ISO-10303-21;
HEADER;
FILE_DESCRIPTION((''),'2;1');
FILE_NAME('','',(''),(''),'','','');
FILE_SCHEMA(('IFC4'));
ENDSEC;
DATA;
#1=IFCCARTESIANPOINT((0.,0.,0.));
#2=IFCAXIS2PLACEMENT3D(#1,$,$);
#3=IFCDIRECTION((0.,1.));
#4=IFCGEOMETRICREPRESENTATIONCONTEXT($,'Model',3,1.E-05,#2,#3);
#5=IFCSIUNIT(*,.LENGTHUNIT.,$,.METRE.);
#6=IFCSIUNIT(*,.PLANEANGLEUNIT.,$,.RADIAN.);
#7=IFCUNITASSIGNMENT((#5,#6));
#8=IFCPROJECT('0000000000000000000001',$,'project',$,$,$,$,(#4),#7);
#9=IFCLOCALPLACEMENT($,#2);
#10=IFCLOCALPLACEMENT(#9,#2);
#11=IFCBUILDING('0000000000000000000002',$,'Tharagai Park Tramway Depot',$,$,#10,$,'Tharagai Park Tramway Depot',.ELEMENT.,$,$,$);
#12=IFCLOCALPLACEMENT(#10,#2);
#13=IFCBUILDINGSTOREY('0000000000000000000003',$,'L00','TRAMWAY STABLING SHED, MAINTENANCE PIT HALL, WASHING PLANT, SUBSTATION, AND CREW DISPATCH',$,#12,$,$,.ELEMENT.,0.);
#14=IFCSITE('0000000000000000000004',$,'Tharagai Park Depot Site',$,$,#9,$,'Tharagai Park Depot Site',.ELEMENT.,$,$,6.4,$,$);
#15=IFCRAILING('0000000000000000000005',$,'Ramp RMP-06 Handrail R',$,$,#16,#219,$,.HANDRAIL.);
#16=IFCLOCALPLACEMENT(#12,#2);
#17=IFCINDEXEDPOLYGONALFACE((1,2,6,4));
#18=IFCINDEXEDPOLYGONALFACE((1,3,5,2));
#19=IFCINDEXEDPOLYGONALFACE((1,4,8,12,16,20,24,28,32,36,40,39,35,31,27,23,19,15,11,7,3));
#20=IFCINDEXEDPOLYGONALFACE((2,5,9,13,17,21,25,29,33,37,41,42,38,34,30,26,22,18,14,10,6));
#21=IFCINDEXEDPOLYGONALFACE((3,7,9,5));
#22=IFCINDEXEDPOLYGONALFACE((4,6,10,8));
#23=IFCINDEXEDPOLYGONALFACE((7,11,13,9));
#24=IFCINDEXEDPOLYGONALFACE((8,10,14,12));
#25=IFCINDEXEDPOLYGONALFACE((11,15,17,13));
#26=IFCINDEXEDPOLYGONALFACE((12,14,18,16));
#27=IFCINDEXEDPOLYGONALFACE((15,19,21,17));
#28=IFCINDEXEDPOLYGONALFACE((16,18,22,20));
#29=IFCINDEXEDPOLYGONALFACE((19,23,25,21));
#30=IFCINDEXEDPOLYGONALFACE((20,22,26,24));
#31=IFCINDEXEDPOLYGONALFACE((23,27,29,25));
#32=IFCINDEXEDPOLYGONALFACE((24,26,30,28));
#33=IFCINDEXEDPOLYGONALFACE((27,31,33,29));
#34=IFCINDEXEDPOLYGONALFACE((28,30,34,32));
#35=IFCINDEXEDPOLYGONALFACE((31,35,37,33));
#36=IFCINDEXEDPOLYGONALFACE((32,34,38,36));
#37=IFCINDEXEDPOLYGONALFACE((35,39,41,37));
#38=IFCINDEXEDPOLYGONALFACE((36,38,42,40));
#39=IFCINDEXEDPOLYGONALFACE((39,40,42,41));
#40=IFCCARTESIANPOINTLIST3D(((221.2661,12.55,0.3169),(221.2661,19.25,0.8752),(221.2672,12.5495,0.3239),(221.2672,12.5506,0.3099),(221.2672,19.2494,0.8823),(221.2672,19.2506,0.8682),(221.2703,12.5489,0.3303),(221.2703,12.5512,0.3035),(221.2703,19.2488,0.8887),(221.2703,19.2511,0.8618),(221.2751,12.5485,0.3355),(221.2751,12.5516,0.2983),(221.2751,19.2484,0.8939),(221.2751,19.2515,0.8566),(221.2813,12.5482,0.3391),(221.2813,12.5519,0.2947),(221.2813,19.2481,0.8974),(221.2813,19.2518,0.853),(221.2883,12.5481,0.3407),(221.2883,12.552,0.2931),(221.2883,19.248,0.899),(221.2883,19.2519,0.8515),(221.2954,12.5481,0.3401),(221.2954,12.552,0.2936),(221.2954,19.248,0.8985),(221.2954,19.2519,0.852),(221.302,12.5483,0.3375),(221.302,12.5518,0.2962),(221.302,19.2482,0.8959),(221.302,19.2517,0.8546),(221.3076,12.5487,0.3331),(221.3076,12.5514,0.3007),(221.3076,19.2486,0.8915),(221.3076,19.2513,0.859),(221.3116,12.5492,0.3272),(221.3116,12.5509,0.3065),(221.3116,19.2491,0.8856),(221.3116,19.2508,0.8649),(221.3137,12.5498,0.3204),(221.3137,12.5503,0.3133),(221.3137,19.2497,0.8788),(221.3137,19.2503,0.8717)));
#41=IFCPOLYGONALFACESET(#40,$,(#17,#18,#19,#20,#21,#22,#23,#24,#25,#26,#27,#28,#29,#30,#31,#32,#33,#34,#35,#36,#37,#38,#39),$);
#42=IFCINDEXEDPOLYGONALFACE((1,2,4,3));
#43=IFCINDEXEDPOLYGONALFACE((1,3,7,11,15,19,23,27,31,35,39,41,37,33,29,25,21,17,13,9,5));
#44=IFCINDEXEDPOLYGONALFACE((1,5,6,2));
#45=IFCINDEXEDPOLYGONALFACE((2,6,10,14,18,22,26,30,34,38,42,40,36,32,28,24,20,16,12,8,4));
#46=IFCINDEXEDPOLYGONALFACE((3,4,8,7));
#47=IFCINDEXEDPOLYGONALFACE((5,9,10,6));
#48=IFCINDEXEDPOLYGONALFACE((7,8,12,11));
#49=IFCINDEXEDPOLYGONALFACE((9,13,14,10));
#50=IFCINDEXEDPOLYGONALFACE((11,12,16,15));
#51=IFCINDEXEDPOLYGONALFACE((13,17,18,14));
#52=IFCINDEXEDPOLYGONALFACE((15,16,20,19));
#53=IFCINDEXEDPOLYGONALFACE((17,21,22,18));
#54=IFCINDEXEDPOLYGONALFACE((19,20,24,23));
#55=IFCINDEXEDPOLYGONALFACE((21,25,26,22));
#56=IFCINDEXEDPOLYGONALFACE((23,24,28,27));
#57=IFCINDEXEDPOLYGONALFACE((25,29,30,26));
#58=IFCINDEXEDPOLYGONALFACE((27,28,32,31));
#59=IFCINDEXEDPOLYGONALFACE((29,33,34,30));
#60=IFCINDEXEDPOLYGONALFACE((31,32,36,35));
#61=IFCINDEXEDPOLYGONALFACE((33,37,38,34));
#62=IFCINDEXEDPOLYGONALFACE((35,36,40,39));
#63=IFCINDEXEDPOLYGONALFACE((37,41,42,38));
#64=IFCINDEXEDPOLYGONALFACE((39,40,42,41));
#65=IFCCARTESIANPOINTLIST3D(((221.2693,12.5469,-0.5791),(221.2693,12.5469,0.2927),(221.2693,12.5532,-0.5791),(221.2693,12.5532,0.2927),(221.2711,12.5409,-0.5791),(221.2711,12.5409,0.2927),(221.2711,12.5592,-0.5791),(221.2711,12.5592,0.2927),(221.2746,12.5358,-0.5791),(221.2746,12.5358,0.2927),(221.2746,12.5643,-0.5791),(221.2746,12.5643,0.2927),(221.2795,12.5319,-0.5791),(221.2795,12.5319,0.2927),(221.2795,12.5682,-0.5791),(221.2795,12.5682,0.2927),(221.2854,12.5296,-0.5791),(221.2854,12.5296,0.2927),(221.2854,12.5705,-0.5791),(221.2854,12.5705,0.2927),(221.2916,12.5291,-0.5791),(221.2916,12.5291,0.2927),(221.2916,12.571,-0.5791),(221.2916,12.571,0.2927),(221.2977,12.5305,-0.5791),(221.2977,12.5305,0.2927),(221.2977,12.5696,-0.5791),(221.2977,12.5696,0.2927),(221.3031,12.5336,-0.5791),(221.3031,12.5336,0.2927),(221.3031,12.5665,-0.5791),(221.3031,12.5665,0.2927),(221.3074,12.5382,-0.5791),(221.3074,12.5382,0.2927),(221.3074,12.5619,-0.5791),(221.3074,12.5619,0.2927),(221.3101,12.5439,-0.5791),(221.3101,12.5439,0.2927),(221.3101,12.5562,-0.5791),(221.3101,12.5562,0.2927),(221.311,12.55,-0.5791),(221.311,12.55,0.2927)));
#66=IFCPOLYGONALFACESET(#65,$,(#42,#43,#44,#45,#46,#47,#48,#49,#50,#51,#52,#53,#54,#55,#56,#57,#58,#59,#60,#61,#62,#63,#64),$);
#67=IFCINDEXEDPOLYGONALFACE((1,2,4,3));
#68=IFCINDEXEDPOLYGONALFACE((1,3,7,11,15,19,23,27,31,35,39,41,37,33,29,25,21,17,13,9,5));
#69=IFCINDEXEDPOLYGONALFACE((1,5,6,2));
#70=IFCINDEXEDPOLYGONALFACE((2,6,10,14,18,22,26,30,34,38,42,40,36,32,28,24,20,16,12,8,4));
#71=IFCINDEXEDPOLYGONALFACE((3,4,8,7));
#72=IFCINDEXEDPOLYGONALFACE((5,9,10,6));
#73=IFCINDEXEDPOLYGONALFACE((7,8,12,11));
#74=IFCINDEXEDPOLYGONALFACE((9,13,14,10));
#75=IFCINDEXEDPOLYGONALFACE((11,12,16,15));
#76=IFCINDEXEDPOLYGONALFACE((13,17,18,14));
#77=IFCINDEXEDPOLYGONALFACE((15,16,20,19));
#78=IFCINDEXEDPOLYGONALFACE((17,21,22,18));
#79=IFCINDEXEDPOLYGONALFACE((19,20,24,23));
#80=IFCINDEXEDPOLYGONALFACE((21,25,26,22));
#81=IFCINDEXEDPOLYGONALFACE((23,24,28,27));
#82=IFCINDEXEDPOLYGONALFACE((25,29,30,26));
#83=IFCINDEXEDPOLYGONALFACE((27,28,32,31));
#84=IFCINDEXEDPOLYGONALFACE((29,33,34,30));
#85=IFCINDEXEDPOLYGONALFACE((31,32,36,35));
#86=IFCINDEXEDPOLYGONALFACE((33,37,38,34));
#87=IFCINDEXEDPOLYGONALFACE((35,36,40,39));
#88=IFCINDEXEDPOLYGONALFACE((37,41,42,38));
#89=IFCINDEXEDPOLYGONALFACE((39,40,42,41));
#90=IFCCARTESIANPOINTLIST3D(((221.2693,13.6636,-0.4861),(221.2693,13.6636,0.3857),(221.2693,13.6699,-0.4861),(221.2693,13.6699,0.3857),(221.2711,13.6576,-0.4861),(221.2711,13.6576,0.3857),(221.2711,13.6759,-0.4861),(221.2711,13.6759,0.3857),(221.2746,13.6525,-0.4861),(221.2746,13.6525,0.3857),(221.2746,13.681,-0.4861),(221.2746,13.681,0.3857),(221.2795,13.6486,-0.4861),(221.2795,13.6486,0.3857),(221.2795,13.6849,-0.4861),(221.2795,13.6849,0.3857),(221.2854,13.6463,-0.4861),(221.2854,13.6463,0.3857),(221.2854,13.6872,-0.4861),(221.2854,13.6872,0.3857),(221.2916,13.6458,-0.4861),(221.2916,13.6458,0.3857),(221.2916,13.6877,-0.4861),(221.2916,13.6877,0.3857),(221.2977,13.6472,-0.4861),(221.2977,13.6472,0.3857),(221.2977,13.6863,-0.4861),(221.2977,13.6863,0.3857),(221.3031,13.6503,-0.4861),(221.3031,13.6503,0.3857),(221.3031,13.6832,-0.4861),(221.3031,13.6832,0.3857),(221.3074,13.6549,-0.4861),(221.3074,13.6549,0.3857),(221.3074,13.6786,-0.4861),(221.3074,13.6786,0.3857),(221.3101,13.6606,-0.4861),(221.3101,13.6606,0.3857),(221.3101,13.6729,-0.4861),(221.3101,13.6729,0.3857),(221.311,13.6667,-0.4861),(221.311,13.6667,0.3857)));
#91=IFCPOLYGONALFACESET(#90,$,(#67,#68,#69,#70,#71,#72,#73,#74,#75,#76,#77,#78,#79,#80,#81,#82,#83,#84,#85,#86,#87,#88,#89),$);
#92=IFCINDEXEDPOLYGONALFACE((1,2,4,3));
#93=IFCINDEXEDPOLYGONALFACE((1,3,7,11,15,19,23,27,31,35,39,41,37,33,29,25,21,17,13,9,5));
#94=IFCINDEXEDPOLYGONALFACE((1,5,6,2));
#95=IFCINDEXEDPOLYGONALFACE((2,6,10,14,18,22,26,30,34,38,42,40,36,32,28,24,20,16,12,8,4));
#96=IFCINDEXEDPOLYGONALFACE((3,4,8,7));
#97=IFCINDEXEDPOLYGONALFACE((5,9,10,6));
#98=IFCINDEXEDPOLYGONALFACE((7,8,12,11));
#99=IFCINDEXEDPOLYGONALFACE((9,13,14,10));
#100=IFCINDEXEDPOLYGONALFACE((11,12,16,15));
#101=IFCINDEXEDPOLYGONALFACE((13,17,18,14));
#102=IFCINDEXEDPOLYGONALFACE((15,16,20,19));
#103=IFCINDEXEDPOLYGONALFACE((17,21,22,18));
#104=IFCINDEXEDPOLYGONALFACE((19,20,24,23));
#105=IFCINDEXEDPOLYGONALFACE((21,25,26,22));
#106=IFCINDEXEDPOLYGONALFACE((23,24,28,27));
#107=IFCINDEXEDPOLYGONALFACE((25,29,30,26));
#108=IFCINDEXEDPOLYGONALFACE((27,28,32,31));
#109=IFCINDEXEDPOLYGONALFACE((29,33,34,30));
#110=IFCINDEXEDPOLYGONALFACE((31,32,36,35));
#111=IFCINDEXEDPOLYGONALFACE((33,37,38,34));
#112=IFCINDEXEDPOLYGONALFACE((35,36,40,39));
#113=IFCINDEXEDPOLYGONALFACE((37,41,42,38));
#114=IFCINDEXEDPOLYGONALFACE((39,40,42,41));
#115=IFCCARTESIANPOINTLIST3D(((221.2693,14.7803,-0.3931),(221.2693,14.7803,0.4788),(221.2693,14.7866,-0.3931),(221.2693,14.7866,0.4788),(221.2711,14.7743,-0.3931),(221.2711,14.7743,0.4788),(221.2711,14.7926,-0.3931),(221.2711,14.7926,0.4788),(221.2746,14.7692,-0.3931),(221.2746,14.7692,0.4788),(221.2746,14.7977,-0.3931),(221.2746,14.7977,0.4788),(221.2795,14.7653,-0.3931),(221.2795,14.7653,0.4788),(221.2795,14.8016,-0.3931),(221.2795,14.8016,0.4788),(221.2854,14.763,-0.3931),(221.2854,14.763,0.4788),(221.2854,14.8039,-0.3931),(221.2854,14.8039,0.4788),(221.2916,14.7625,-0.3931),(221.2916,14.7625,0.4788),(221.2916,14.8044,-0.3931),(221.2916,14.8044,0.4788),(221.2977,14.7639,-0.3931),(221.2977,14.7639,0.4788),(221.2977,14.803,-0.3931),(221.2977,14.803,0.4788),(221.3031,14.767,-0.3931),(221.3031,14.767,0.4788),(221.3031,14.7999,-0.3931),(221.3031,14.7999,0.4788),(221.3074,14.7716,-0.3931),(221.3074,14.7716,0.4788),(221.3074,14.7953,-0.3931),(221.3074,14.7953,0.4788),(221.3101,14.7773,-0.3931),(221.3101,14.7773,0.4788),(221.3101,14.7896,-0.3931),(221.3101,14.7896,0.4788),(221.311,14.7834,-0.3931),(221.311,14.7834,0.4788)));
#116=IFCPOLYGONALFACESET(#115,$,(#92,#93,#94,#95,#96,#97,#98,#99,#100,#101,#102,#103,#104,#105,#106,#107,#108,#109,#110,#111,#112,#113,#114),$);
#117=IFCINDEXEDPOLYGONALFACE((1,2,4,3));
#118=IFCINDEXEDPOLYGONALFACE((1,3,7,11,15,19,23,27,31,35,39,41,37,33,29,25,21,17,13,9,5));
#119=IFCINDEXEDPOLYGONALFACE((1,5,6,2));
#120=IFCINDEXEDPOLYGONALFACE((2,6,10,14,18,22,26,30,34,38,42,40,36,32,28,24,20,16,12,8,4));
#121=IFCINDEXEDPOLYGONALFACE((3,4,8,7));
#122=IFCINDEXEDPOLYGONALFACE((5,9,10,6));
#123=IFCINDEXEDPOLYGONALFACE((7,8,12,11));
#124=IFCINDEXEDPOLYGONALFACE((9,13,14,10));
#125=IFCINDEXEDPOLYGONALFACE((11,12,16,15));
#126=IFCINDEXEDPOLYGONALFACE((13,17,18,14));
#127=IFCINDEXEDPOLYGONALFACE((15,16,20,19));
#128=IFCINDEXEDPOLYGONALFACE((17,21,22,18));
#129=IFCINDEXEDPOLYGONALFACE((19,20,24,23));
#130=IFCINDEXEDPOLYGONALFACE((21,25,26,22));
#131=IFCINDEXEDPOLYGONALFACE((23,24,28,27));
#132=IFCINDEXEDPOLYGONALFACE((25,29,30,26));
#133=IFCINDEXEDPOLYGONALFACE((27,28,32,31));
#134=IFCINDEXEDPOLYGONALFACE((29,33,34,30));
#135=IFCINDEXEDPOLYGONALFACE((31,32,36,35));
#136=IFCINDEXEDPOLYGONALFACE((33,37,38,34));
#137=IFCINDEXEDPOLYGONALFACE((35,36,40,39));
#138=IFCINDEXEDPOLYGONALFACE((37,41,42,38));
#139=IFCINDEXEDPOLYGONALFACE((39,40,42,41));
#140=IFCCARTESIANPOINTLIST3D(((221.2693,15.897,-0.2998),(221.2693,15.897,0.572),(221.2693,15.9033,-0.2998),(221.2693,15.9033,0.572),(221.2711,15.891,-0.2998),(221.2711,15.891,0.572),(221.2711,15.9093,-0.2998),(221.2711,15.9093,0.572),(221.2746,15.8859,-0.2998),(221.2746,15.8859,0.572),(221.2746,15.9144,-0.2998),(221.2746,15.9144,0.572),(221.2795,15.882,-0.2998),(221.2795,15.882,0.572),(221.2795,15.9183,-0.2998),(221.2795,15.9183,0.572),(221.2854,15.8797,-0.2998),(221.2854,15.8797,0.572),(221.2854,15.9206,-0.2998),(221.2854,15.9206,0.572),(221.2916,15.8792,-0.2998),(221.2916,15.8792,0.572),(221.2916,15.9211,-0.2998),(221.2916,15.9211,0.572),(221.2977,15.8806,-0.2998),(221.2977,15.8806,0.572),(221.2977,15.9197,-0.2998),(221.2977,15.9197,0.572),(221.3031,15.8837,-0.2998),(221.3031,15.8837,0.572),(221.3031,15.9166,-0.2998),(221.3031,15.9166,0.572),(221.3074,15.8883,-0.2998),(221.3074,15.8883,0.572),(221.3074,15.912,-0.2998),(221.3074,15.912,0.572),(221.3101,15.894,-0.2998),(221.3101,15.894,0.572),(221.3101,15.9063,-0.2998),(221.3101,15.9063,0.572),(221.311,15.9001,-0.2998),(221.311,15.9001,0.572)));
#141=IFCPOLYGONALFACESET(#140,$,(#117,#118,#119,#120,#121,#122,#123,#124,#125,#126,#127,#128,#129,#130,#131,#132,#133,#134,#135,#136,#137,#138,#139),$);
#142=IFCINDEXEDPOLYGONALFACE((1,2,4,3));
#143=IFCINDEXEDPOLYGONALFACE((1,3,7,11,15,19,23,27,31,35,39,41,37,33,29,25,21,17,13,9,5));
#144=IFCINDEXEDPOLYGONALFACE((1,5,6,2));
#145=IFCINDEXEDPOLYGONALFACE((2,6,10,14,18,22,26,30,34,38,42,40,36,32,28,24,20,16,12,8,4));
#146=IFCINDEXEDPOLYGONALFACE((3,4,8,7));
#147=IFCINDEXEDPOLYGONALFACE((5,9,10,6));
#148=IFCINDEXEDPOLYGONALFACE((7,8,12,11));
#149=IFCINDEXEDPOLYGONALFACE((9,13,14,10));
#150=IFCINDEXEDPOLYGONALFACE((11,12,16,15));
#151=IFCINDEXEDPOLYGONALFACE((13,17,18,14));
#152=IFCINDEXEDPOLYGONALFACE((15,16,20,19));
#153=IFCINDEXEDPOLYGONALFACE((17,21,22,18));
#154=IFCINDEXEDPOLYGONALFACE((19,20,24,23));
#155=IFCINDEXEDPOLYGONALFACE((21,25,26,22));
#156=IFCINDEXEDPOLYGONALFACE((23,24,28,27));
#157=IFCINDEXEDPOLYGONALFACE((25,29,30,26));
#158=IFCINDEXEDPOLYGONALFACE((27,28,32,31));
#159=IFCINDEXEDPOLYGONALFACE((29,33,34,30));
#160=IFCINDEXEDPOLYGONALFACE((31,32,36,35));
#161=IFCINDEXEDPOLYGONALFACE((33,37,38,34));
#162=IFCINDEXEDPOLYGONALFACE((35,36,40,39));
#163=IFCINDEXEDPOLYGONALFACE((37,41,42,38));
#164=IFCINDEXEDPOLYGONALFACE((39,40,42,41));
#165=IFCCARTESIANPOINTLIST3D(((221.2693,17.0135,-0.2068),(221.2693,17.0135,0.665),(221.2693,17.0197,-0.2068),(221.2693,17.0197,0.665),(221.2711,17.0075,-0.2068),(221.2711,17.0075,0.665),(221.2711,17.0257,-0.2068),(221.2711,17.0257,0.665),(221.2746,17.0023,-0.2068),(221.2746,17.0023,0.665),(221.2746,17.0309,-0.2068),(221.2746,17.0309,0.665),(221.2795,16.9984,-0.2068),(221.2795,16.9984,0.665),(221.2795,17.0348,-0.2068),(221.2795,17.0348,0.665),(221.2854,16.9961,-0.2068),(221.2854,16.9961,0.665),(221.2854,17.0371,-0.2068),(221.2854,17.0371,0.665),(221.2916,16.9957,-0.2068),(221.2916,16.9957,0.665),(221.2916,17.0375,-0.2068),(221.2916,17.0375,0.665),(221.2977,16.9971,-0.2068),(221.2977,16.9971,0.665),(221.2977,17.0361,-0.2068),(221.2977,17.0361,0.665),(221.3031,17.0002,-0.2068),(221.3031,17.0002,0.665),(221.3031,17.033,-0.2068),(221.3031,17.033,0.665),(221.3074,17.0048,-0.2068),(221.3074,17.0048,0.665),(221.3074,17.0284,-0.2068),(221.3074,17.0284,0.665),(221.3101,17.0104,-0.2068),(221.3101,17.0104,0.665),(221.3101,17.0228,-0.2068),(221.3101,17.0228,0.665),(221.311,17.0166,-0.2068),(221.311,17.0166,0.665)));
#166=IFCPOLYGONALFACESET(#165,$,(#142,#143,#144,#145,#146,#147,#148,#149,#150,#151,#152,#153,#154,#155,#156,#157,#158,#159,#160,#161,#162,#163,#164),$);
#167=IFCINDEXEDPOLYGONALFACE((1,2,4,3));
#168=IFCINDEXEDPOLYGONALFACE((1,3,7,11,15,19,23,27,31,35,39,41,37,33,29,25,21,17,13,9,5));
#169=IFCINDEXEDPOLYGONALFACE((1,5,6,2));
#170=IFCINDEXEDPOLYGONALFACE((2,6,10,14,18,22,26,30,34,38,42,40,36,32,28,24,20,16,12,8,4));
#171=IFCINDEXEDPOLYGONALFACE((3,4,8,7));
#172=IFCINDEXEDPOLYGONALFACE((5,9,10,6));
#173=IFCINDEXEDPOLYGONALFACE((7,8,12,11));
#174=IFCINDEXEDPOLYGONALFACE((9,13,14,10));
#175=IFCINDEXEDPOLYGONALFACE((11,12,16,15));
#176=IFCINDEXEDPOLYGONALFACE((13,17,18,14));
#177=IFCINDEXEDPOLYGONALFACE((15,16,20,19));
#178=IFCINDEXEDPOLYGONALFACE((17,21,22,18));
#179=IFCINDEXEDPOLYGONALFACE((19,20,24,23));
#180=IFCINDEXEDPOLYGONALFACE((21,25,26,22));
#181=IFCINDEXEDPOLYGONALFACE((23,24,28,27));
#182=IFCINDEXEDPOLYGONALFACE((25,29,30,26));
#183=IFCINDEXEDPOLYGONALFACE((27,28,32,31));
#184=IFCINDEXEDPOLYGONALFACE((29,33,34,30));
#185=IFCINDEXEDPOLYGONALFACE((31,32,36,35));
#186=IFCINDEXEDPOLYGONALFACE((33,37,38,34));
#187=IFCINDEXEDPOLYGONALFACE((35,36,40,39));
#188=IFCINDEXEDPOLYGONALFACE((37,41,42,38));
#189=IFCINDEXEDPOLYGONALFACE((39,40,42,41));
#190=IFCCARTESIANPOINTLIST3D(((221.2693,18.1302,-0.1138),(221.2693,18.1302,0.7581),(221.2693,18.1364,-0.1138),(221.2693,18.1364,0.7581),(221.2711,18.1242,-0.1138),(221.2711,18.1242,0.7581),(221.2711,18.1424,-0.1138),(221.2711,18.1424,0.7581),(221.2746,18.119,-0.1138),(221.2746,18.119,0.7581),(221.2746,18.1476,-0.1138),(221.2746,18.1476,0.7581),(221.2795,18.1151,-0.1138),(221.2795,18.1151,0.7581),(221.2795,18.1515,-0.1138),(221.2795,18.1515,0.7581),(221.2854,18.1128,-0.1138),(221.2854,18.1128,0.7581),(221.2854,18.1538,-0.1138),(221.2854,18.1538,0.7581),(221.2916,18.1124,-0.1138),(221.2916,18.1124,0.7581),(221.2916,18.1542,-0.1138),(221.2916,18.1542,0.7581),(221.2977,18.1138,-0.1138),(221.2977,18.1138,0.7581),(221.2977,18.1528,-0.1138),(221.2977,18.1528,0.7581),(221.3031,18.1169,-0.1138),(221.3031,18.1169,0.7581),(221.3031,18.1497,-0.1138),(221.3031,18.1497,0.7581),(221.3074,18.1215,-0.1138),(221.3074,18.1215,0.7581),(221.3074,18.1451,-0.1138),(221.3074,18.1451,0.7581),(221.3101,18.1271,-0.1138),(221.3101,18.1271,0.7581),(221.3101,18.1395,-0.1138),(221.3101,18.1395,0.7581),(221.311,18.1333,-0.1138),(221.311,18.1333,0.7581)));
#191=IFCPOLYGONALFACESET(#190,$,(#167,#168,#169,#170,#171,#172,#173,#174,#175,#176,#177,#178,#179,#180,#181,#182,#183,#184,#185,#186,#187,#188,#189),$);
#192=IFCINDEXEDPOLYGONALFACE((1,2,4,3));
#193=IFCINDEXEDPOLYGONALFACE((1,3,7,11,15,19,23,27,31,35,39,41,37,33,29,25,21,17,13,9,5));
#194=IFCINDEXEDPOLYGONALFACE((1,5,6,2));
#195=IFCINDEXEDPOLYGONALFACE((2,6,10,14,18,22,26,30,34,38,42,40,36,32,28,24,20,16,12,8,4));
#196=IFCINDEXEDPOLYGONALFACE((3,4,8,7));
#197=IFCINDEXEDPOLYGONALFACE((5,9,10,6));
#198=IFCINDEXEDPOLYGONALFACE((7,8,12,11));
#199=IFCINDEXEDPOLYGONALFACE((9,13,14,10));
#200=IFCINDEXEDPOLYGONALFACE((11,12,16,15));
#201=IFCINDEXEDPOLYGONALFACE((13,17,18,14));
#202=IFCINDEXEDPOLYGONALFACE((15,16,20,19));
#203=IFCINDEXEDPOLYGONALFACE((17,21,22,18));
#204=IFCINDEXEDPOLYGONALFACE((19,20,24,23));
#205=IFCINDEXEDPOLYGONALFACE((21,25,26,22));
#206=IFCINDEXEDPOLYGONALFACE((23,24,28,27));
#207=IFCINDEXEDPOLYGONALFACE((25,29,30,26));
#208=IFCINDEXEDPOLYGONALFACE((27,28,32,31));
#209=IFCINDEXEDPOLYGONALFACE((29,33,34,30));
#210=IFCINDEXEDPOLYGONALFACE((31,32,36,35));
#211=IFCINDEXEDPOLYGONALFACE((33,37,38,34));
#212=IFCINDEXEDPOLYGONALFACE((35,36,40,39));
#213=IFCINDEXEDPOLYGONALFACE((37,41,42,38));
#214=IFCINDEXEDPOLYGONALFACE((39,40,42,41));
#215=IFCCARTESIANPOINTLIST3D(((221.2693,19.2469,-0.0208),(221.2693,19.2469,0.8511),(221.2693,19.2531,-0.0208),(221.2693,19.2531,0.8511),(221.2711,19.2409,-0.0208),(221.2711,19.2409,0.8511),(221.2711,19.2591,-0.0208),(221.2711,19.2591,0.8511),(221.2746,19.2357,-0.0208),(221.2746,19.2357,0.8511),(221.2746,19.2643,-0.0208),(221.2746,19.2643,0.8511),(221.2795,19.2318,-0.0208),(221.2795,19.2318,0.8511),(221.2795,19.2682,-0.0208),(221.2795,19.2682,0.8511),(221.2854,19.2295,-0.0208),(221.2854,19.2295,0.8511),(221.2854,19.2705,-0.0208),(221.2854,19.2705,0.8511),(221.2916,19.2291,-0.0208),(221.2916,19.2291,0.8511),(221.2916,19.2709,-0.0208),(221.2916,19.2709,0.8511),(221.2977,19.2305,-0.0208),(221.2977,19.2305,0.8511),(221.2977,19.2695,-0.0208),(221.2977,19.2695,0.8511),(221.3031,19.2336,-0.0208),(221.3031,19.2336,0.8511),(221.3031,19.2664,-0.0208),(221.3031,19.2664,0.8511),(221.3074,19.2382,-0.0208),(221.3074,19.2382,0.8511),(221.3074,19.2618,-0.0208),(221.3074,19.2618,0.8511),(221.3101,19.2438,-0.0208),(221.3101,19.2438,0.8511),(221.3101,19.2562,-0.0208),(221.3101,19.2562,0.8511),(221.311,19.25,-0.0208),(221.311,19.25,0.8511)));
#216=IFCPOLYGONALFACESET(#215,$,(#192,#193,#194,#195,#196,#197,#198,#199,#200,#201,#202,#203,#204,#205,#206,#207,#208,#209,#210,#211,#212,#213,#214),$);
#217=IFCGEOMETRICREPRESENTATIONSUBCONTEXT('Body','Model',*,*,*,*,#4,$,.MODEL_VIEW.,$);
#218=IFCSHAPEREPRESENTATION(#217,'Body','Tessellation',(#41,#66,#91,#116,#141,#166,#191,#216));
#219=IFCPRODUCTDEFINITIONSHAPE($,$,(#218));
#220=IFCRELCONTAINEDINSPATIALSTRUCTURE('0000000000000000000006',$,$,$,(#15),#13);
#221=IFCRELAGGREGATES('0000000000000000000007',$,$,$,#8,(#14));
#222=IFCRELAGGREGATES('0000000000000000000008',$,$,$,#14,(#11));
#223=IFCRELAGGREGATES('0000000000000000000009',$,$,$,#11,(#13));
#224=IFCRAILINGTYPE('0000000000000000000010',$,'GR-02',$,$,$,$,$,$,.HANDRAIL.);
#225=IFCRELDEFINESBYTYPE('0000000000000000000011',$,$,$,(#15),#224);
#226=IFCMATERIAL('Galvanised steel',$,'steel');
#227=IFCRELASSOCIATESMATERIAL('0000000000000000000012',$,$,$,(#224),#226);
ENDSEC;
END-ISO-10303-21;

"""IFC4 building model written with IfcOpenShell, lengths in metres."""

from ifc_helpers import new_model, si_unit, direction, frame, origin, origin_2d, place, context, subcontext, project, spatial, circle, extrude, material, type_object, element, save


model = new_model("IFC4")

# Units and contexts
model_context = context("Model", 3, precision=1e-05, world=origin(), true_north=direction((0.0, 1.0)))
body_context = subcontext(model_context, "Body", "Model", "MODEL_VIEW")
ifc_project = project(units=[si_unit("LENGTHUNIT", "METRE"), si_unit("PLANEANGLEUNIT", "RADIAN")], contexts=[model_context])

# Site, building, storey
site_placement = place(None, origin())
site = spatial("IfcSite", under=ifc_project, at=site_placement, Name="Tharagai Park Depot Site", LongName="Tharagai Park Depot Site", CompositionType="ELEMENT", RefElevation=6.4)
building_placement = place(site_placement, origin())
building = spatial("IfcBuilding", under=site, at=building_placement, Name="Tharagai Park Tramway Depot", LongName="Tharagai Park Tramway Depot", CompositionType="ELEMENT")
storey_placement = place(building_placement, origin())
storey = spatial("IfcBuildingStorey", under=building, at=storey_placement, Name="L00", Description="TRAMWAY STABLING SHED, MAINTENANCE PIT HALL, WASHING PLANT, SUBSTATION, AND CREW DISPATCH", CompositionType="ELEMENT", Elevation=0.0)

# Railing
ifc_material_1 = material(Name="Galvanised steel", Category="steel")
railing_type = type_object("IfcRailingType", Name="GR-02", PredefinedType="HANDRAIL", material=ifc_material_1)
railing_placement = place(storey_placement, frame((221.29, 12.55, -0.5791)))
element("IfcRailing", 1, at=railing_placement, inside=storey, type_object=railing_type, Name="Ramp RMP-06 Handrail R", PredefinedType="HANDRAIL", context=body_context, shape_type="SweptSolid", body=[
    extrude(circle(Radius=0.0239, at=origin_2d()), frame((0.0, 0.0, 0.896), z_axis=(0.0, 0.996546, 0.083048), x_axis=(-1.0, 0.0, 0.0)), (0.0, 0.0, 1.0), 6.7231),
    extrude(circle(Radius=0.021, at=origin_2d()), origin(), (0.0, 0.0, 1.0), 0.8718),
    extrude(circle(Radius=0.021, at=origin_2d()), frame((0.0, 1.1167, 0.093)), (0.0, 0.0, 1.0), 0.8718),
    extrude(circle(Radius=0.021, at=origin_2d()), frame((0.0, 2.2334, 0.186)), (0.0, 0.0, 1.0), 0.8718),
    extrude(circle(Radius=0.021, at=origin_2d()), frame((0.0, 3.3501, 0.2793)), (0.0, 0.0, 1.0), 0.8718),
    extrude(circle(Radius=0.021, at=origin_2d()), frame((0.0, 4.4666, 0.3723)), (0.0, 0.0, 1.0), 0.8718),
    extrude(circle(Radius=0.021, at=origin_2d()), frame((0.0, 5.5833, 0.4653)), (0.0, 0.0, 1.0), 0.8718),
    extrude(circle(Radius=0.021, at=origin_2d()), frame((0.0, 6.7, 0.5583)), (0.0, 0.0, 1.0), 0.8718),
])

save(model, "model.ifc")
